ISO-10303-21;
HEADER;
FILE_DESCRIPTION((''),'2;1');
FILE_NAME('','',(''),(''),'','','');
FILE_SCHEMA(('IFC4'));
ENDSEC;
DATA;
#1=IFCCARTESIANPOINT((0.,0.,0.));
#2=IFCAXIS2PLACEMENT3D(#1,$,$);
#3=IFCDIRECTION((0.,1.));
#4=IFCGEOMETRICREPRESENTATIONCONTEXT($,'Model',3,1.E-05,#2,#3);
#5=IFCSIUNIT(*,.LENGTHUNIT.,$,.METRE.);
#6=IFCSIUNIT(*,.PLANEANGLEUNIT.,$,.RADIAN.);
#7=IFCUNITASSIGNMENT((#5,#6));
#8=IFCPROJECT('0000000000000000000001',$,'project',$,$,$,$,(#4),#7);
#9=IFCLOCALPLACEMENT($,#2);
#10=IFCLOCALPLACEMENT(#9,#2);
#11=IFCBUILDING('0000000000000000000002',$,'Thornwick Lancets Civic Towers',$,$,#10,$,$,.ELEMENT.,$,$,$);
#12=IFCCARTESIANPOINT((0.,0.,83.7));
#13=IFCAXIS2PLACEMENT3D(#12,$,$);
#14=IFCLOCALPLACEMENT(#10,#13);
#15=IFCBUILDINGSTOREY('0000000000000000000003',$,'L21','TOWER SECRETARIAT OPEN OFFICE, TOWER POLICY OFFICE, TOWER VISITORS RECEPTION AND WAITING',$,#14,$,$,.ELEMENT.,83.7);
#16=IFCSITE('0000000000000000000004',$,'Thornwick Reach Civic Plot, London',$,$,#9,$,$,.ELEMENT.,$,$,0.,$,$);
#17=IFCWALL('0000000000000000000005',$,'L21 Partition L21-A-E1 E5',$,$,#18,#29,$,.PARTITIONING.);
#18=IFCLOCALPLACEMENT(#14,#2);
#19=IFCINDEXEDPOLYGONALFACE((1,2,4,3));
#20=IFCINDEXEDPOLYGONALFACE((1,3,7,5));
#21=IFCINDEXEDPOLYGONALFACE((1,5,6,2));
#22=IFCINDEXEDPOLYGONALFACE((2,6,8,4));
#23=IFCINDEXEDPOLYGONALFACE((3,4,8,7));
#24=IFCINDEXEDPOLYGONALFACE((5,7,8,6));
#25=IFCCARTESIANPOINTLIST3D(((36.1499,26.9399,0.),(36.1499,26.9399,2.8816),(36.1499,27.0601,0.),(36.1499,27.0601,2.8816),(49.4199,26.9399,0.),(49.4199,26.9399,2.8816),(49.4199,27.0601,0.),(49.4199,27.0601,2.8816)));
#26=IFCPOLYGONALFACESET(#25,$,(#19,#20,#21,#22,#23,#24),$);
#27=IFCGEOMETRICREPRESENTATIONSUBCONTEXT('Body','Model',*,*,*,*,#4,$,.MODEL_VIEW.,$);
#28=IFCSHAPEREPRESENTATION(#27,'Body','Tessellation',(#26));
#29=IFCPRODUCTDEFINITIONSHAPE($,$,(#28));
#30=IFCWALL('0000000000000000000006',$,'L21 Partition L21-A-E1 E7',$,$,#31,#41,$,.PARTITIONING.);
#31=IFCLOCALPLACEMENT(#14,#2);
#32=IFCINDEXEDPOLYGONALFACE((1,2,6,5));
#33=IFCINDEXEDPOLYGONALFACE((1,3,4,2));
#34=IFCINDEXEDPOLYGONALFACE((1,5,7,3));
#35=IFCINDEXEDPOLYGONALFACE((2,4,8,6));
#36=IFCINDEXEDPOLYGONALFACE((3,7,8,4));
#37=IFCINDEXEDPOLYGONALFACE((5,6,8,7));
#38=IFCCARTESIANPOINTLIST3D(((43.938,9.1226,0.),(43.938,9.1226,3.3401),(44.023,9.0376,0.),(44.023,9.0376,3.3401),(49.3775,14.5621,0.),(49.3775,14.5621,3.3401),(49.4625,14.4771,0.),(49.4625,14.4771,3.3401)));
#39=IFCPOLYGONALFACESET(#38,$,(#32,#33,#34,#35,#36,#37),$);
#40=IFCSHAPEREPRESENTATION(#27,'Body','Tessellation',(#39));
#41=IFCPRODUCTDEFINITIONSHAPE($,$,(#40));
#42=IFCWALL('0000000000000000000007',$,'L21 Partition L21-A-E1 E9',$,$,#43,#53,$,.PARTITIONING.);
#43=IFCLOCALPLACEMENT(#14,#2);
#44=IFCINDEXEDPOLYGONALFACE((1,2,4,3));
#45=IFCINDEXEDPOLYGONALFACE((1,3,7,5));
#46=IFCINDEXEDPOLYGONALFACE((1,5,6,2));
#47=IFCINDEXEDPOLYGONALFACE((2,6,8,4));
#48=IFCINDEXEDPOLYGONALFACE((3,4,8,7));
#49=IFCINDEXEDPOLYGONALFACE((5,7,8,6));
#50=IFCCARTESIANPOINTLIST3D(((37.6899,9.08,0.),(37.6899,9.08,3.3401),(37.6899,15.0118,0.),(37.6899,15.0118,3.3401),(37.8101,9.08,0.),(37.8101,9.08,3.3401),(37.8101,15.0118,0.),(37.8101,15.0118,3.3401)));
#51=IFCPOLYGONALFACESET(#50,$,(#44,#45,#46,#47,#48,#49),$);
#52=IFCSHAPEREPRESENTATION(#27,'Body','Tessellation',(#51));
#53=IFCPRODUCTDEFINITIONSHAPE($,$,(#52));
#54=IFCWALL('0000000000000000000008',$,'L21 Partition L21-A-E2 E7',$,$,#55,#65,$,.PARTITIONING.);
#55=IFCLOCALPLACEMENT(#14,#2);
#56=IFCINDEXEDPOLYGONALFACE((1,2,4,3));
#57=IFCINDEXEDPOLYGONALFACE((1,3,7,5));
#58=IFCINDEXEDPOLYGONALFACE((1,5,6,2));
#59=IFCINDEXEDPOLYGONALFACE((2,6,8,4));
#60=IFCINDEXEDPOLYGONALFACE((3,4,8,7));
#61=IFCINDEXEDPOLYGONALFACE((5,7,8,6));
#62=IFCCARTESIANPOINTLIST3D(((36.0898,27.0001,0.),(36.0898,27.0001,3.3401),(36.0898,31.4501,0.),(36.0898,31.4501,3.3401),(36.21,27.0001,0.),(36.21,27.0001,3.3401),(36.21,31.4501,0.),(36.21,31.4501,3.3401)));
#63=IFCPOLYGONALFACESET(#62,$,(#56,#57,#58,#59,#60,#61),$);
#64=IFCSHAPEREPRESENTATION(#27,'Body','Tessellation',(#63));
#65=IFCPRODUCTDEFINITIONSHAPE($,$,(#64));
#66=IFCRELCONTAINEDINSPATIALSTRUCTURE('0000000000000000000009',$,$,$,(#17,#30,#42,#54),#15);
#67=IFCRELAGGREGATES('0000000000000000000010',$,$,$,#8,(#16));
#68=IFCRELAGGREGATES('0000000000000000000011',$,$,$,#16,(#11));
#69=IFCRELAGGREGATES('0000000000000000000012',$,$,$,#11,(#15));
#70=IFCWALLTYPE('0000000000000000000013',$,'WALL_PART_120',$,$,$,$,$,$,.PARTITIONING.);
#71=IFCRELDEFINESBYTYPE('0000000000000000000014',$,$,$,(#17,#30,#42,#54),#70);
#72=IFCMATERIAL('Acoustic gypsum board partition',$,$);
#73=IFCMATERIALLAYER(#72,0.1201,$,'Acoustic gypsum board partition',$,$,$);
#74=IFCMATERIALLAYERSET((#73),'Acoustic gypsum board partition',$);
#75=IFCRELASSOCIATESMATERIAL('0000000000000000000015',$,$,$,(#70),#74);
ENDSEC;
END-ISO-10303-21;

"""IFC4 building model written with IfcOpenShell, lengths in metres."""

from ifc_helpers import new_model, si_unit, direction, frame, frame_2d, origin, place, context, subcontext, project, spatial, rectangle, extrude, material, layer, layer_set, type_object, element, save


model = new_model("IFC4")

# Units and contexts
model_context = context("Model", 3, precision=1e-05, world=origin(), true_north=direction((0.0, 1.0)))
body_context = subcontext(model_context, "Body", "Model", "MODEL_VIEW")
ifc_project = project(units=[si_unit("LENGTHUNIT", "METRE"), si_unit("PLANEANGLEUNIT", "RADIAN")], contexts=[model_context])

# Site, building, storey
site_placement = place(None, origin())
site = spatial("IfcSite", under=ifc_project, at=site_placement, Name="Thornwick Reach Civic Plot, London", CompositionType="ELEMENT", RefElevation=0.0)
building_placement = place(site_placement, origin())
building = spatial("IfcBuilding", under=site, at=building_placement, Name="Thornwick Lancets Civic Towers", CompositionType="ELEMENT")
storey_placement = place(building_placement, frame((0.0, 0.0, 83.7)))
storey = spatial("IfcBuildingStorey", under=building, at=storey_placement, Name="L21", Description="TOWER SECRETARIAT OPEN OFFICE, TOWER POLICY OFFICE, TOWER VISITORS RECEPTION AND WAITING", CompositionType="ELEMENT", Elevation=83.7)

# Shared definitions
ifc_material_1 = material(Name="Acoustic gypsum board partition")
ifc_layer_1 = layer(ifc_material_1, 0.1201, Name="Acoustic gypsum board partition")
ifc_layer_set_1 = layer_set([ifc_layer_1], Name="Acoustic gypsum board partition")
wall_type_1 = type_object("IfcWallType", Name="WALL_PART_120", PredefinedType="PARTITIONING", material=ifc_layer_set_1)

# Walls
wall_1_placement = place(storey_placement, frame((36.1499, 27.0, 0.0), z_axis=(0.0, 0.0, 1.0), x_axis=(1.0, 0.0, 0.0)))
element("IfcWall", 1, at=wall_1_placement, inside=storey, type_object=wall_type_1, Name="L21 Partition L21-A-E1 E5", PredefinedType="PARTITIONING", context=body_context, shape_type="SweptSolid", body=[
    extrude(rectangle(XDim=13.27, YDim=0.1201, at=frame_2d((6.635, 0.0))), origin(), (0.0, 0.0, 1.0), 2.8816),
])
wall_2_placement = place(storey_placement, frame((49.4199, 14.5195, 0.0), z_axis=(0.0, 0.0, 1.0), x_axis=(-0.707107, -0.707107, 0.0)))
element("IfcWall", 2, at=wall_2_placement, inside=storey, type_object=wall_type_1, Name="L21 Partition L21-A-E1 E7", PredefinedType="PARTITIONING", context=body_context, shape_type="SweptSolid", body=[
    extrude(rectangle(XDim=7.6926, YDim=0.1201, at=frame_2d((3.8462, 0.0))), origin(), (0.0, 0.0, 1.0), 3.3401),
])
wall_3_placement = place(storey_placement, frame((37.75, 9.0801, 0.0), z_axis=(0.0, 0.0, 1.0), x_axis=(0.0, 1.0, 0.0)))
element("IfcWall", 3, at=wall_3_placement, inside=storey, type_object=wall_type_1, Name="L21 Partition L21-A-E1 E9", PredefinedType="PARTITIONING", context=body_context, shape_type="SweptSolid", body=[
    extrude(rectangle(XDim=5.9319, YDim=0.1201, at=frame_2d((2.9658, 0.0))), origin(), (0.0, 0.0, 1.0), 3.3401),
])
wall_4_placement = place(storey_placement, frame((36.1499, 27.0, 0.0), z_axis=(0.0, 0.0, 1.0), x_axis=(0.0, 1.0, 0.0)))
element("IfcWall", 4, at=wall_4_placement, inside=storey, type_object=wall_type_1, Name="L21 Partition L21-A-E2 E7", PredefinedType="PARTITIONING", context=body_context, shape_type="SweptSolid", body=[
    extrude(rectangle(XDim=4.45, YDim=0.1201, at=frame_2d((2.2251, 0.0))), origin(), (0.0, 0.0, 1.0), 3.3401),
])

save(model, "model.ifc")
